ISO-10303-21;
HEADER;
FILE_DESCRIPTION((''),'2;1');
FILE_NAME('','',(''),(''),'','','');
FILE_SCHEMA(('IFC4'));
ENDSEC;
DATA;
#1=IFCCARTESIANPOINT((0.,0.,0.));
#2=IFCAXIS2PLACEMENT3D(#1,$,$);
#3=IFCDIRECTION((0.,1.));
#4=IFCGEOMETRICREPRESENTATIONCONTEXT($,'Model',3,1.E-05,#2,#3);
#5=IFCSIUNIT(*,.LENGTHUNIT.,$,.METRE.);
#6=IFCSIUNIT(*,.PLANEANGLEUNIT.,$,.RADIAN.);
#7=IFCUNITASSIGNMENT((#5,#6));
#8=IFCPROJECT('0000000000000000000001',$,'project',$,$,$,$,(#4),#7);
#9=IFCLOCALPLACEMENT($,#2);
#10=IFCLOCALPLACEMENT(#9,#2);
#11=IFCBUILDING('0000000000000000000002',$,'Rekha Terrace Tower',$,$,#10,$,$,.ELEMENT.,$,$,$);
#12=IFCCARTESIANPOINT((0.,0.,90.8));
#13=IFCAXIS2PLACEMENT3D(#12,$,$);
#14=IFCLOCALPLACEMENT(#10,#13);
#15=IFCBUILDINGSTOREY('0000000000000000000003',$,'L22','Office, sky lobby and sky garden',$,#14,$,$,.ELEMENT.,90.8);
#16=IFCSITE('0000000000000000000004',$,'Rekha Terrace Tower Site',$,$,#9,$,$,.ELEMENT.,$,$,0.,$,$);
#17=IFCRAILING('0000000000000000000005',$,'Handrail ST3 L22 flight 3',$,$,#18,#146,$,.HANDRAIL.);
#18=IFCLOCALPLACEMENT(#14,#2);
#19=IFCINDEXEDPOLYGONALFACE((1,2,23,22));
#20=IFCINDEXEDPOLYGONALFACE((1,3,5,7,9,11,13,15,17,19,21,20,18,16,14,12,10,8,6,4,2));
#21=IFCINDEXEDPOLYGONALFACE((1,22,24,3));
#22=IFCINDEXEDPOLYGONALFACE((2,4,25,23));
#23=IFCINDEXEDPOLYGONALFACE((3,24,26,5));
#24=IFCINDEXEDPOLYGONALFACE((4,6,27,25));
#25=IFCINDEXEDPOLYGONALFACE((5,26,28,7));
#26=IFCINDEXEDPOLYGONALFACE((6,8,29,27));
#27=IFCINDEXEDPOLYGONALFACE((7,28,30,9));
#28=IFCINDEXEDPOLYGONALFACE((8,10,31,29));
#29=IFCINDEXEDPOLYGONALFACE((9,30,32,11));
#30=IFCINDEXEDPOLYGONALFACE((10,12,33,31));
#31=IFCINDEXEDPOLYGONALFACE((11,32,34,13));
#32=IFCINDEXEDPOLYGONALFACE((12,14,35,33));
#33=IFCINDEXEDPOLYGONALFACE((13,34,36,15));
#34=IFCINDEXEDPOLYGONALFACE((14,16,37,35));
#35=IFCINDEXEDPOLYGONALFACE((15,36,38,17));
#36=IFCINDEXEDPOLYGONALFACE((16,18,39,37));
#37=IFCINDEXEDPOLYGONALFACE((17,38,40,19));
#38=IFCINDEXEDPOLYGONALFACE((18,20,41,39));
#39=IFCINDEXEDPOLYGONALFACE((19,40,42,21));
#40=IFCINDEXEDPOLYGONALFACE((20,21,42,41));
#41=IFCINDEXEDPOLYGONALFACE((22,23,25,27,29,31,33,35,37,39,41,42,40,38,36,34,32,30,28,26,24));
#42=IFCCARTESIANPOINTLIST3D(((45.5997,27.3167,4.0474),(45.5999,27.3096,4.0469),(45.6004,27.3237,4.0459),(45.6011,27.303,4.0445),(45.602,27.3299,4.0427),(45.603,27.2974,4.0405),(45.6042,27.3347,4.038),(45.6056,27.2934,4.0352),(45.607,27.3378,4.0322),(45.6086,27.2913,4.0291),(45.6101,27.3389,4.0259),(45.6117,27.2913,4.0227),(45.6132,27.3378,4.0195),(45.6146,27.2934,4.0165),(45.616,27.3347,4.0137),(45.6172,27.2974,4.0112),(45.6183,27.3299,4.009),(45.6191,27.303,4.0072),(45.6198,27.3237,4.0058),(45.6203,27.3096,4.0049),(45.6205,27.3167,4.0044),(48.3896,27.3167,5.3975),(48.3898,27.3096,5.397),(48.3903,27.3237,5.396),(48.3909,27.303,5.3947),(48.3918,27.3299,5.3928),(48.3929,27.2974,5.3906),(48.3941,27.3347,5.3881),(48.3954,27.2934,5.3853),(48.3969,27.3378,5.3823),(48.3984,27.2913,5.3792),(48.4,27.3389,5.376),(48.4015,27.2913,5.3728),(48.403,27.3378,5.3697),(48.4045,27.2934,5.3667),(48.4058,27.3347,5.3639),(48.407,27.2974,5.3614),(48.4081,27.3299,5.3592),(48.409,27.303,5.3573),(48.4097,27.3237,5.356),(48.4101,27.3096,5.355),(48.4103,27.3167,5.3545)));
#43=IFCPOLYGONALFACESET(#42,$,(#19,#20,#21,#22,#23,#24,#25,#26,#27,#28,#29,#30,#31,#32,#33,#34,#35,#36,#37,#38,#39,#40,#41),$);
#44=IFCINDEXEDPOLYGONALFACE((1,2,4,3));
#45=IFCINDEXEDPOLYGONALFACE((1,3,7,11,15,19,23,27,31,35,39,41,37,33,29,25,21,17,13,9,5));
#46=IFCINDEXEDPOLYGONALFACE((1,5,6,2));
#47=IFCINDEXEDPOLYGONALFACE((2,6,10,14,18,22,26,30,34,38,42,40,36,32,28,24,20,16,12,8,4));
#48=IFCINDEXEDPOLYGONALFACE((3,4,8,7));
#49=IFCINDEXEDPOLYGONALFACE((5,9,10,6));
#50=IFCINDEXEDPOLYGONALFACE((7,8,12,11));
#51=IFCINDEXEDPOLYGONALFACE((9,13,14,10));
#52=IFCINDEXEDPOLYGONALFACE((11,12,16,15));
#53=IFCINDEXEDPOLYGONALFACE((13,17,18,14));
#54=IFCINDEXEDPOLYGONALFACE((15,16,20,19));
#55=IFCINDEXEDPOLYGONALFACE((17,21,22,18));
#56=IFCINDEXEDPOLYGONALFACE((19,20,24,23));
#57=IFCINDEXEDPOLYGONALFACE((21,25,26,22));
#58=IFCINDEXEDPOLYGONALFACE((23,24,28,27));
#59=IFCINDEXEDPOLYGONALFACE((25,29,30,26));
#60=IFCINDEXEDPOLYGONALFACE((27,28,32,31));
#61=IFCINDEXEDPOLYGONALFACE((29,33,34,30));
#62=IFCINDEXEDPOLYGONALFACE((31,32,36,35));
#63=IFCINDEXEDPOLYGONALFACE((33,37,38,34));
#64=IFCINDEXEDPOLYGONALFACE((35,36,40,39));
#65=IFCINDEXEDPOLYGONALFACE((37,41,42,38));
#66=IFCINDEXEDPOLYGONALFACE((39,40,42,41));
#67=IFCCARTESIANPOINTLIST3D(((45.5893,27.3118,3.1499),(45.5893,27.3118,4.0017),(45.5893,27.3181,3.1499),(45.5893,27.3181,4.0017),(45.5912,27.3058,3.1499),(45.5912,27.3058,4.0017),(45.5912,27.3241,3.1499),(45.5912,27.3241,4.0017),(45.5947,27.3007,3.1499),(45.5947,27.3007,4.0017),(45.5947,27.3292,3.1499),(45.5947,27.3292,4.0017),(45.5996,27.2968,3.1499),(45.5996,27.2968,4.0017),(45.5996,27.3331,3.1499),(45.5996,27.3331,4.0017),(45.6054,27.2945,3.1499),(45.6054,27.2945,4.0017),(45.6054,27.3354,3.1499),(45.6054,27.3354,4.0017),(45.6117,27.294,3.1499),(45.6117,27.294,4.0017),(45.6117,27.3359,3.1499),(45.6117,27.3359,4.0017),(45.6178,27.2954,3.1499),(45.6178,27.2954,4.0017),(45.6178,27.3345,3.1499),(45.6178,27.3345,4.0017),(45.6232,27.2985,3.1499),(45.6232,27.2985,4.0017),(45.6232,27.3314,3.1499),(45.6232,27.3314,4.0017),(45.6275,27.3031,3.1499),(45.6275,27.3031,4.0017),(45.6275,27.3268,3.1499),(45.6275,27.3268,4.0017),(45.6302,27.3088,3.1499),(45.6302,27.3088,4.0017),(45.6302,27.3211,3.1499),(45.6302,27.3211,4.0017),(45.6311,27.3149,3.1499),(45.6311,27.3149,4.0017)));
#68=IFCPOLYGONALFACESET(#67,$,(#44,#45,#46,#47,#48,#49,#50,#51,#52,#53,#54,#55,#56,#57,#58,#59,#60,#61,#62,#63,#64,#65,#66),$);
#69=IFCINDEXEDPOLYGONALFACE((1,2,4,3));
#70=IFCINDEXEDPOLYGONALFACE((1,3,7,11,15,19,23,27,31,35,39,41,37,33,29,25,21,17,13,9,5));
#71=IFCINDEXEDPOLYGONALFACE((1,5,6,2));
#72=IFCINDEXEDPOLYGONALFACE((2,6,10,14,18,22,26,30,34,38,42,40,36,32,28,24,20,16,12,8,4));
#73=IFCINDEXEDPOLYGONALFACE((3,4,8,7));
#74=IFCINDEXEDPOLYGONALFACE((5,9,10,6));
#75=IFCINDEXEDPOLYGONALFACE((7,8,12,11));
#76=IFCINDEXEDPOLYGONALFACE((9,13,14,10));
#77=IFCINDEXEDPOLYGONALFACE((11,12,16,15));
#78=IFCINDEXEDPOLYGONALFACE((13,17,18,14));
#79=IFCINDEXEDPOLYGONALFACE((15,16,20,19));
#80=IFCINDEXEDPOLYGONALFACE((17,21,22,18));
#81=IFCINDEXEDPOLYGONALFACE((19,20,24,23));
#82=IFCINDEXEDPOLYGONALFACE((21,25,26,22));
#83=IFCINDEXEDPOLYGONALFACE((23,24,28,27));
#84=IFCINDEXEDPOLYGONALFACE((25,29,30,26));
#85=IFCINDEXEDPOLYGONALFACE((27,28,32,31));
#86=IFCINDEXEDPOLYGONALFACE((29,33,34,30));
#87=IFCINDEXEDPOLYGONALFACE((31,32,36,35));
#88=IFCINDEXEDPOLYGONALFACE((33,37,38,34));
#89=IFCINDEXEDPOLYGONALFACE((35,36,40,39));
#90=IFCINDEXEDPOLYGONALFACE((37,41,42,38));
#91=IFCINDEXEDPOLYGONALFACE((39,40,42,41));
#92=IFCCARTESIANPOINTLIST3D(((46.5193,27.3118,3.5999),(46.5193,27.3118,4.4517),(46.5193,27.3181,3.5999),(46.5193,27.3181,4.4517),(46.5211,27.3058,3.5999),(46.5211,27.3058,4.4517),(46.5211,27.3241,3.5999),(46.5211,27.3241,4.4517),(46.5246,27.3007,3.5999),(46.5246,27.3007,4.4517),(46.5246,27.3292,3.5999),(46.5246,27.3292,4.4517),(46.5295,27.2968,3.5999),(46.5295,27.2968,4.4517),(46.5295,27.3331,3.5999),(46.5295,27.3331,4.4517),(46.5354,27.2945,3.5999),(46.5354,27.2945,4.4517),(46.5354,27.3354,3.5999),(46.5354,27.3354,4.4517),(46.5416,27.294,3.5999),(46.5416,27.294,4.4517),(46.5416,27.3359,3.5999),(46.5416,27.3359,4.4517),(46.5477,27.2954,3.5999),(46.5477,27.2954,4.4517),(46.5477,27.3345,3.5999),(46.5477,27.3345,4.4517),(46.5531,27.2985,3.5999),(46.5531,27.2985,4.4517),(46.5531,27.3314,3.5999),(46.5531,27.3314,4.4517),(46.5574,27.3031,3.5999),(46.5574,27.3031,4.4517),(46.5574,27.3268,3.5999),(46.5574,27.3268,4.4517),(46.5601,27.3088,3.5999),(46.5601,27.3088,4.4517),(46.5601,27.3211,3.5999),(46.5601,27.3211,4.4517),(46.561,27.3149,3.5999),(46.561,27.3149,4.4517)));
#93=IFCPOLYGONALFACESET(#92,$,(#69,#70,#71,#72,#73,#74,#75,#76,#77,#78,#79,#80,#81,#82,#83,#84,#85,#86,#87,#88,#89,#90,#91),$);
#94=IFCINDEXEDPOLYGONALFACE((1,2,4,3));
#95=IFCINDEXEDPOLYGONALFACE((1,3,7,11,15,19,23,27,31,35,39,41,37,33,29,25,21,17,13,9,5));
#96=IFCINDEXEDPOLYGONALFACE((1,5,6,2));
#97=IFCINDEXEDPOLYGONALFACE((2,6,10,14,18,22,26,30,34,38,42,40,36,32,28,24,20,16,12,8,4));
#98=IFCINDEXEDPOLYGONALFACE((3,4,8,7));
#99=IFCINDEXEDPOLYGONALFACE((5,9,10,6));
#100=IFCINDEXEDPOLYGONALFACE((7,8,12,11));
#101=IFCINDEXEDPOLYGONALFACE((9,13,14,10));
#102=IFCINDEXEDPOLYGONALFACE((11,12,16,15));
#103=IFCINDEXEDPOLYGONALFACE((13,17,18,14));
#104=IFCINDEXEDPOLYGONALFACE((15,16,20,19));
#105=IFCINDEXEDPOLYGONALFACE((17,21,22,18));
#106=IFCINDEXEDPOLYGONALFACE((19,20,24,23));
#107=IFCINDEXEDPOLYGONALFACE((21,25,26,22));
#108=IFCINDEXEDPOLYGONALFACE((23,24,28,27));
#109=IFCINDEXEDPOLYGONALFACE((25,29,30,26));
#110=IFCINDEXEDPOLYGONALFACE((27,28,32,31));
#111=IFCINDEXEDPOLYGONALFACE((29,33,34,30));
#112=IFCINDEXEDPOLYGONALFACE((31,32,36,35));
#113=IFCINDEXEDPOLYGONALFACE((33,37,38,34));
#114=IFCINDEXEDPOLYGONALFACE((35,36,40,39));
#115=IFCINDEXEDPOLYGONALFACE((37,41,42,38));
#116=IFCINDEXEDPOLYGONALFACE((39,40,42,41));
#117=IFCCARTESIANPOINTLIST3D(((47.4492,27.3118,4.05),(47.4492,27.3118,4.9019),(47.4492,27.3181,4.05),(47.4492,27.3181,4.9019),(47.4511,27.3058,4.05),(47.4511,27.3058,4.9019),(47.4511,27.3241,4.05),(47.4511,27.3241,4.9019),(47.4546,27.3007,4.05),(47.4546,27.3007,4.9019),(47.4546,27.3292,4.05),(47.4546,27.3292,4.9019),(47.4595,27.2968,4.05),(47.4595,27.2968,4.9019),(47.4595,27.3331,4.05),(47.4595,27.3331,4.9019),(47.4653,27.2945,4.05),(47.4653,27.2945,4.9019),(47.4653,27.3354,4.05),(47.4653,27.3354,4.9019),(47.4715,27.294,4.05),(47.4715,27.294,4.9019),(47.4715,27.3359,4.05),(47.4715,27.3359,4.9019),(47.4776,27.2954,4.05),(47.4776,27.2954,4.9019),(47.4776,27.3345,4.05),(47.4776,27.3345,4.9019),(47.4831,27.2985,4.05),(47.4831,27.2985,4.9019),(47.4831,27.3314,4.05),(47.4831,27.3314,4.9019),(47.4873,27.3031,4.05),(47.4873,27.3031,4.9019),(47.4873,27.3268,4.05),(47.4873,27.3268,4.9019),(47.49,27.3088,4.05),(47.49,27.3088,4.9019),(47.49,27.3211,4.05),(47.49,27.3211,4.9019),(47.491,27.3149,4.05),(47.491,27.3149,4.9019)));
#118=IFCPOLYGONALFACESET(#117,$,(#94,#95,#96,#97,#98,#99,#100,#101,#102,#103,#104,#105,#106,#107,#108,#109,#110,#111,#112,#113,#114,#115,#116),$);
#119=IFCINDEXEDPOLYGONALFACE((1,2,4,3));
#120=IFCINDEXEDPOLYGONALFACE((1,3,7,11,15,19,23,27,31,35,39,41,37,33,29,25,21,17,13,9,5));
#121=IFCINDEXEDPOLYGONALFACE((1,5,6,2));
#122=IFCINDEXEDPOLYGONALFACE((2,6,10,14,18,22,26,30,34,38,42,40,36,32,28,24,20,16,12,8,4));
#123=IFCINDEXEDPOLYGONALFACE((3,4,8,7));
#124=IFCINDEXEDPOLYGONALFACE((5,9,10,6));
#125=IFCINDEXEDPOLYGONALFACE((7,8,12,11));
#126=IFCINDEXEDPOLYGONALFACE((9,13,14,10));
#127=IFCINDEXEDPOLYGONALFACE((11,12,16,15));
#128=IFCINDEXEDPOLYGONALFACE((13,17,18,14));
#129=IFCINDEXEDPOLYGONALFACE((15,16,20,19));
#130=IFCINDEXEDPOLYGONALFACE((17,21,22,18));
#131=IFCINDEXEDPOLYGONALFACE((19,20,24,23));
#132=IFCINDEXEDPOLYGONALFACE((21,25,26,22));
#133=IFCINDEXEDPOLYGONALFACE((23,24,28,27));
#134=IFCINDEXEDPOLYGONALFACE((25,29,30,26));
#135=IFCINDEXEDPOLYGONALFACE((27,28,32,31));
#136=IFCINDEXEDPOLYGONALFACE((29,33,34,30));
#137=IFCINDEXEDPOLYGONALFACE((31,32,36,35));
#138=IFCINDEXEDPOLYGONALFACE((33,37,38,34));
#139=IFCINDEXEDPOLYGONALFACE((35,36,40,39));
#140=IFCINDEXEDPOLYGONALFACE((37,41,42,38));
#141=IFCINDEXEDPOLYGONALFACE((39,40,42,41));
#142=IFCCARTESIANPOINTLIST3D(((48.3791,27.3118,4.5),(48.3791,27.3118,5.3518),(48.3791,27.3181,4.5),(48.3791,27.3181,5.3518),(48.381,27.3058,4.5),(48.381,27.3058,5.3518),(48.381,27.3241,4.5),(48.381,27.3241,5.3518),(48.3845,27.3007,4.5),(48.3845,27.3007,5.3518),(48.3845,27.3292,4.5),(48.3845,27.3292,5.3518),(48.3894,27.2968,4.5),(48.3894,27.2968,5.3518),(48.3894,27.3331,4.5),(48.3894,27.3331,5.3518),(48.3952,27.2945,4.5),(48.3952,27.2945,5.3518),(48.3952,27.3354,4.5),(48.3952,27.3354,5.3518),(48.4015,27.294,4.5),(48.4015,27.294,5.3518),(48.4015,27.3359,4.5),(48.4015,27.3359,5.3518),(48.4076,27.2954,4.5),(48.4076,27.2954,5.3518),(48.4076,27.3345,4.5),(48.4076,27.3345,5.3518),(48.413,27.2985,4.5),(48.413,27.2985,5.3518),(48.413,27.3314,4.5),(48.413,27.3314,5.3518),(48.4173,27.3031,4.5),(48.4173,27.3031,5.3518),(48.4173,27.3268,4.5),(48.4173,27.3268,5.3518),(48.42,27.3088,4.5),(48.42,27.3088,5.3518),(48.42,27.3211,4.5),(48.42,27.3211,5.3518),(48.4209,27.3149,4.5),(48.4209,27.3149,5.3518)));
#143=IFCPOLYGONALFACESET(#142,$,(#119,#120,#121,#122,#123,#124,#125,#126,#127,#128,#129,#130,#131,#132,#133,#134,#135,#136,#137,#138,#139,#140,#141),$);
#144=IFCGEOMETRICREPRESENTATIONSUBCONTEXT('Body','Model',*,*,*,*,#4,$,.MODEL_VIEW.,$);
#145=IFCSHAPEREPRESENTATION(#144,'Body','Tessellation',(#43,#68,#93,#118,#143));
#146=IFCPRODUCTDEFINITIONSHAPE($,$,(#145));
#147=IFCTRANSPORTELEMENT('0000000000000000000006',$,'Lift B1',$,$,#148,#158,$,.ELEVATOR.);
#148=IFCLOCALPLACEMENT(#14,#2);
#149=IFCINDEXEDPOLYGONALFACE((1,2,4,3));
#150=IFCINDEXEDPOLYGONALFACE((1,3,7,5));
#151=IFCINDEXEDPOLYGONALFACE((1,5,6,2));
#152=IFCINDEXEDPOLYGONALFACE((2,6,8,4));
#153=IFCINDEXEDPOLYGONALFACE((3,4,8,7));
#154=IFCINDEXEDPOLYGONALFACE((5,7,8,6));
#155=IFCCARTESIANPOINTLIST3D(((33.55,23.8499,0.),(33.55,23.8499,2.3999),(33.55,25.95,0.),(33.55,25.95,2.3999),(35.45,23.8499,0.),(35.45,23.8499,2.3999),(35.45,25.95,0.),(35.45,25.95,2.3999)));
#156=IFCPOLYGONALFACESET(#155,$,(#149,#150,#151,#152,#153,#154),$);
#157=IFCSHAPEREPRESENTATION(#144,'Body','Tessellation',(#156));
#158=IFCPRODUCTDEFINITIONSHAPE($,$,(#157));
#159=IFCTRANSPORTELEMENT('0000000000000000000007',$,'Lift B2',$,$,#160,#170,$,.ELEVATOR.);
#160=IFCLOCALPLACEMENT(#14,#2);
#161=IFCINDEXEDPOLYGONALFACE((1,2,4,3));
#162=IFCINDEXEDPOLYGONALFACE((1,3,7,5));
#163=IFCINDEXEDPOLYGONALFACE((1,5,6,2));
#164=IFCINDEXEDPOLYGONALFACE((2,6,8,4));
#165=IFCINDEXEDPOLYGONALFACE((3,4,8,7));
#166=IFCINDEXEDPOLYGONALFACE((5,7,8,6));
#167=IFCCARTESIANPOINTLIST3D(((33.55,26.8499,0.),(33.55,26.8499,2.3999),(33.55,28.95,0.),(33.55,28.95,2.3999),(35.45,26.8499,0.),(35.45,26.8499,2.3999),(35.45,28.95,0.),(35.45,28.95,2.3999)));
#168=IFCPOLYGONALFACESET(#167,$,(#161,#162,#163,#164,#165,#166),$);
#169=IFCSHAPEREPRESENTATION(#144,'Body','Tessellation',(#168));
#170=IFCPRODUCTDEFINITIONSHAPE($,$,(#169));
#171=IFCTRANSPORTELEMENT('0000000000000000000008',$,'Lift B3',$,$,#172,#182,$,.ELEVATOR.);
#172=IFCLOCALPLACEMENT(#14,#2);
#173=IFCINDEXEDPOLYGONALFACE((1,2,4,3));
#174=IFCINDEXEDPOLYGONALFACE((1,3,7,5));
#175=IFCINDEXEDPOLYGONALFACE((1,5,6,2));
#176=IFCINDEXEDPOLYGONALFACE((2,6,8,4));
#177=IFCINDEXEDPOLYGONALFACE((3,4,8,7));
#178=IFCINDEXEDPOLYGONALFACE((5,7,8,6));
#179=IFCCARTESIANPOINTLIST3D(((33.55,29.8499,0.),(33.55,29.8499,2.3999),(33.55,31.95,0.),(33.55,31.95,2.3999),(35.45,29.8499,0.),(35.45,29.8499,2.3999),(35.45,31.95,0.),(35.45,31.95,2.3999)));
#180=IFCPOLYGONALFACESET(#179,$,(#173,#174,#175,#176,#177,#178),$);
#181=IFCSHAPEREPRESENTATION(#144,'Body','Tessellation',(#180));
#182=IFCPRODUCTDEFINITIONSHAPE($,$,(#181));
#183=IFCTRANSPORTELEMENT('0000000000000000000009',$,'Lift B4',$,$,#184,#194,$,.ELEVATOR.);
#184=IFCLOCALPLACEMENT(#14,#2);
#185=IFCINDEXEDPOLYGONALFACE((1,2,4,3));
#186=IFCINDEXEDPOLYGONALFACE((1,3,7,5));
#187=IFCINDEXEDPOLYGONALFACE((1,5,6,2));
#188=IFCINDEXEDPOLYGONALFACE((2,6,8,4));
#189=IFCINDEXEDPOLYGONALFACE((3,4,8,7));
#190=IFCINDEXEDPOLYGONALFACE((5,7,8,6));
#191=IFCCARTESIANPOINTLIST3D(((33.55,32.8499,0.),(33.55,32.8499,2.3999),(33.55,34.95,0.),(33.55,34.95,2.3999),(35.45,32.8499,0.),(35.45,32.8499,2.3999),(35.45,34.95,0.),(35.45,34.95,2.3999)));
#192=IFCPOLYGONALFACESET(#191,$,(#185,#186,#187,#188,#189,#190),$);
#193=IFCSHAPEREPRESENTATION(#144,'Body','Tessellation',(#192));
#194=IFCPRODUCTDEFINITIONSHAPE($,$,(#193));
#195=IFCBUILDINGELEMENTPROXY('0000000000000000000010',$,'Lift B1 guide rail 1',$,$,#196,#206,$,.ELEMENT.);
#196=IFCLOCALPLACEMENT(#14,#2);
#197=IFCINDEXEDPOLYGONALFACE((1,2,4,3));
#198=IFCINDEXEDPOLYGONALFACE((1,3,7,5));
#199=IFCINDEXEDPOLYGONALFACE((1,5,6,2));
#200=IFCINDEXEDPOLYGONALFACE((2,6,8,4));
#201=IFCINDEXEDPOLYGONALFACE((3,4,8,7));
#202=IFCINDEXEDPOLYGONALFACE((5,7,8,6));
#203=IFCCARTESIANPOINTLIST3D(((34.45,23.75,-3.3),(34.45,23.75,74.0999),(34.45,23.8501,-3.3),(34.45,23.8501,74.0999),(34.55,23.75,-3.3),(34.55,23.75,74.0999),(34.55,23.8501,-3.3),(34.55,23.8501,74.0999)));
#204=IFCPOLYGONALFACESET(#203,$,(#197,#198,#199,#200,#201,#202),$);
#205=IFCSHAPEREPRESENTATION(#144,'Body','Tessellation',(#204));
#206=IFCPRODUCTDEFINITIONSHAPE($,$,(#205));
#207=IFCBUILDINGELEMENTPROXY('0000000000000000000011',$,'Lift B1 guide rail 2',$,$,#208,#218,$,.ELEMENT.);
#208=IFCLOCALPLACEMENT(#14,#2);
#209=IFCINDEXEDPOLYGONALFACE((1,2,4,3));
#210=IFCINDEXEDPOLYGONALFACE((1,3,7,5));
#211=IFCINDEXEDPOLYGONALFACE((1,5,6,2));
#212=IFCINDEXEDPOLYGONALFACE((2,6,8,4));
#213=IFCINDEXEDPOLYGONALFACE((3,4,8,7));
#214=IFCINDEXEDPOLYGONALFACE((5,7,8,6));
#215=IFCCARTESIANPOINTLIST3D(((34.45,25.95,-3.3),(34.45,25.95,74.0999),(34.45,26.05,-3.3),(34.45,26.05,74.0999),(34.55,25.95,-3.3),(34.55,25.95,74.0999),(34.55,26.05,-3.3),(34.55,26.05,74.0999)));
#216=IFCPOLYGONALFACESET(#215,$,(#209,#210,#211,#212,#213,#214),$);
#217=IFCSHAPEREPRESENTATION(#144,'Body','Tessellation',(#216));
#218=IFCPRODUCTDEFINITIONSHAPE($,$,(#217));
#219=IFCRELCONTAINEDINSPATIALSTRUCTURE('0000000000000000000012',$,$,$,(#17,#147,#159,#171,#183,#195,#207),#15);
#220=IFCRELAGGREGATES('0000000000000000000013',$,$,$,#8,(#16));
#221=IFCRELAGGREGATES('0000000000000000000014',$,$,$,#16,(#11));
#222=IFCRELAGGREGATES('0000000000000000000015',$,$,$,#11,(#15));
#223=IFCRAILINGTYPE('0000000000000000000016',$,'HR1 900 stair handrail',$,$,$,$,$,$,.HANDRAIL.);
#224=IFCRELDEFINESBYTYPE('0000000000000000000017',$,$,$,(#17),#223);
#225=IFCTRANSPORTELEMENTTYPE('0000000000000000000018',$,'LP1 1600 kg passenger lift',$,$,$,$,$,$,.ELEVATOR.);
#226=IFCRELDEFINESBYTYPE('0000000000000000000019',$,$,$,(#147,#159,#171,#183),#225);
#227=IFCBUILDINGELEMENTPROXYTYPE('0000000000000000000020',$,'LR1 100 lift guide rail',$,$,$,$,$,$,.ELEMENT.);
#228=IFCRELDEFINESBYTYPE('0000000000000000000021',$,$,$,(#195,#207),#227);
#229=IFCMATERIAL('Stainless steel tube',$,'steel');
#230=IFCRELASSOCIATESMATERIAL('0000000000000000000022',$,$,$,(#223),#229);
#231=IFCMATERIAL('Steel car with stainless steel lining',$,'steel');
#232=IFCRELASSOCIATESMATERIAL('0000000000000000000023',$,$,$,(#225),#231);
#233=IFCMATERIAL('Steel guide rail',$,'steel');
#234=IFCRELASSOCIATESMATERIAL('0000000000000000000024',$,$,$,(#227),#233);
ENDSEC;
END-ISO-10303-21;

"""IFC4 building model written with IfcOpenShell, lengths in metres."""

from ifc_helpers import new_model, si_unit, direction, frame, origin, origin_2d, place, context, subcontext, project, spatial, rectangle, circle, extrude, material, type_object, element, save


model = new_model("IFC4")

# Units and contexts
model_context = context("Model", 3, precision=1e-05, world=origin(), true_north=direction((0.0, 1.0)))
body_context = subcontext(model_context, "Body", "Model", "MODEL_VIEW")
ifc_project = project(units=[si_unit("LENGTHUNIT", "METRE"), si_unit("PLANEANGLEUNIT", "RADIAN")], contexts=[model_context])

# Site, building, storey
site_placement = place(None, origin())
site = spatial("IfcSite", under=ifc_project, at=site_placement, Name="Rekha Terrace Tower Site", CompositionType="ELEMENT", RefElevation=0.0)
building_placement = place(site_placement, origin())
building = spatial("IfcBuilding", under=site, at=building_placement, Name="Rekha Terrace Tower", CompositionType="ELEMENT")
storey_placement = place(building_placement, frame((0.0, 0.0, 90.8)))
storey = spatial("IfcBuildingStorey", under=building, at=storey_placement, Name="L22", Description="Office, sky lobby and sky garden", CompositionType="ELEMENT", Elevation=90.8)

# Railing
ifc_material_1 = material(Name="Stainless steel tube", Category="steel")
railing_type_1 = type_object("IfcRailingType", Name="HR1 900 stair handrail", PredefinedType="HANDRAIL", material=ifc_material_1)
railing_1_placement = place(storey_placement, frame((45.6101, 27.3149, 3.1499)))
element("IfcRailing", 1, at=railing_1_placement, inside=storey, type_object=railing_type_1, Name="Handrail ST3 L22 flight 3", PredefinedType="HANDRAIL", context=body_context, shape_type="SweptSolid", body=[
    extrude(circle(Radius=0.0239, at=origin_2d()), frame((0.0, 0.0, 0.876), z_axis=(0.900134, 0.0, 0.435612), x_axis=(0.0, 1.0, 0.0)), (0.0, 0.0, 1.0), 3.0994),
    extrude(circle(Radius=0.021, at=origin_2d()), origin(), (0.0, 0.0, 1.0), 0.8518),
    extrude(circle(Radius=0.021, at=origin_2d()), frame((0.9299, 0.0, 0.45)), (0.0, 0.0, 1.0), 0.8518),
    extrude(circle(Radius=0.021, at=origin_2d()), frame((1.8599, 0.0, 0.9001)), (0.0, 0.0, 1.0), 0.8518),
    extrude(circle(Radius=0.021, at=origin_2d()), frame((2.7898, 0.0, 1.3501)), (0.0, 0.0, 1.0), 0.8518),
])

# Transport elements
ifc_material_2 = material(Name="Steel car with stainless steel lining", Category="steel")
transport_element_type = type_object("IfcTransportElementType", Name="LP1 1600 kg passenger lift", PredefinedType="ELEVATOR", material=ifc_material_2)
for number, where, z_axis, x_axis, name in (
    (2, (34.5, 24.8999, 0.0), (0.0, 0.0, 1.0), (1.0, 0.0, 0.0), "Lift B1"),
    (3, (34.5, 27.8999, 0.0), (0.0, 0.0, 1.0), (1.0, 0.0, 0.0), "Lift B2"),
    (4, (34.5, 30.8999, 0.0), (0.0, 0.0, 1.0), (1.0, 0.0, 0.0), "Lift B3"),
    (5, (34.5, 33.8999, 0.0), (0.0, 0.0, 1.0), (1.0, 0.0, 0.0), "Lift B4"),
):
    element("IfcTransportElement", number, at=place(storey_placement, frame(where, z_axis=z_axis, x_axis=x_axis)), inside=storey, type_object=transport_element_type, Name=name, PredefinedType="ELEVATOR", context=body_context, shape_type="SweptSolid", body=[
        extrude(rectangle(XDim=1.8999, YDim=2.1001, at=origin_2d()), origin(), (0.0, 0.0, 1.0), 2.3999),
    ])

# Building element proxies
ifc_material_3 = material(Name="Steel guide rail", Category="steel")
building_element_proxy_type = type_object("IfcBuildingElementProxyType", Name="LR1 100 lift guide rail", PredefinedType="ELEMENT", material=ifc_material_3)
for number, where, z_axis, x_axis, name in (
    (6, (34.5, 23.8, -3.3), (0.0, 0.0, 1.0), (1.0, 0.0, 0.0), "Lift B1 guide rail 1"),
    (7, (34.5, 26.0, -3.3), (0.0, 0.0, 1.0), (1.0, 0.0, 0.0), "Lift B1 guide rail 2"),
):
    element("IfcBuildingElementProxy", number, at=place(storey_placement, frame(where, z_axis=z_axis, x_axis=x_axis)), inside=storey, type_object=building_element_proxy_type, Name=name, PredefinedType="ELEMENT", context=body_context, shape_type="SweptSolid", body=[
        extrude(rectangle(XDim=0.1001, YDim=0.1001, at=origin_2d()), origin(), (0.0, 0.0, 1.0), 77.3999),
    ])

save(model, "model.ifc")
